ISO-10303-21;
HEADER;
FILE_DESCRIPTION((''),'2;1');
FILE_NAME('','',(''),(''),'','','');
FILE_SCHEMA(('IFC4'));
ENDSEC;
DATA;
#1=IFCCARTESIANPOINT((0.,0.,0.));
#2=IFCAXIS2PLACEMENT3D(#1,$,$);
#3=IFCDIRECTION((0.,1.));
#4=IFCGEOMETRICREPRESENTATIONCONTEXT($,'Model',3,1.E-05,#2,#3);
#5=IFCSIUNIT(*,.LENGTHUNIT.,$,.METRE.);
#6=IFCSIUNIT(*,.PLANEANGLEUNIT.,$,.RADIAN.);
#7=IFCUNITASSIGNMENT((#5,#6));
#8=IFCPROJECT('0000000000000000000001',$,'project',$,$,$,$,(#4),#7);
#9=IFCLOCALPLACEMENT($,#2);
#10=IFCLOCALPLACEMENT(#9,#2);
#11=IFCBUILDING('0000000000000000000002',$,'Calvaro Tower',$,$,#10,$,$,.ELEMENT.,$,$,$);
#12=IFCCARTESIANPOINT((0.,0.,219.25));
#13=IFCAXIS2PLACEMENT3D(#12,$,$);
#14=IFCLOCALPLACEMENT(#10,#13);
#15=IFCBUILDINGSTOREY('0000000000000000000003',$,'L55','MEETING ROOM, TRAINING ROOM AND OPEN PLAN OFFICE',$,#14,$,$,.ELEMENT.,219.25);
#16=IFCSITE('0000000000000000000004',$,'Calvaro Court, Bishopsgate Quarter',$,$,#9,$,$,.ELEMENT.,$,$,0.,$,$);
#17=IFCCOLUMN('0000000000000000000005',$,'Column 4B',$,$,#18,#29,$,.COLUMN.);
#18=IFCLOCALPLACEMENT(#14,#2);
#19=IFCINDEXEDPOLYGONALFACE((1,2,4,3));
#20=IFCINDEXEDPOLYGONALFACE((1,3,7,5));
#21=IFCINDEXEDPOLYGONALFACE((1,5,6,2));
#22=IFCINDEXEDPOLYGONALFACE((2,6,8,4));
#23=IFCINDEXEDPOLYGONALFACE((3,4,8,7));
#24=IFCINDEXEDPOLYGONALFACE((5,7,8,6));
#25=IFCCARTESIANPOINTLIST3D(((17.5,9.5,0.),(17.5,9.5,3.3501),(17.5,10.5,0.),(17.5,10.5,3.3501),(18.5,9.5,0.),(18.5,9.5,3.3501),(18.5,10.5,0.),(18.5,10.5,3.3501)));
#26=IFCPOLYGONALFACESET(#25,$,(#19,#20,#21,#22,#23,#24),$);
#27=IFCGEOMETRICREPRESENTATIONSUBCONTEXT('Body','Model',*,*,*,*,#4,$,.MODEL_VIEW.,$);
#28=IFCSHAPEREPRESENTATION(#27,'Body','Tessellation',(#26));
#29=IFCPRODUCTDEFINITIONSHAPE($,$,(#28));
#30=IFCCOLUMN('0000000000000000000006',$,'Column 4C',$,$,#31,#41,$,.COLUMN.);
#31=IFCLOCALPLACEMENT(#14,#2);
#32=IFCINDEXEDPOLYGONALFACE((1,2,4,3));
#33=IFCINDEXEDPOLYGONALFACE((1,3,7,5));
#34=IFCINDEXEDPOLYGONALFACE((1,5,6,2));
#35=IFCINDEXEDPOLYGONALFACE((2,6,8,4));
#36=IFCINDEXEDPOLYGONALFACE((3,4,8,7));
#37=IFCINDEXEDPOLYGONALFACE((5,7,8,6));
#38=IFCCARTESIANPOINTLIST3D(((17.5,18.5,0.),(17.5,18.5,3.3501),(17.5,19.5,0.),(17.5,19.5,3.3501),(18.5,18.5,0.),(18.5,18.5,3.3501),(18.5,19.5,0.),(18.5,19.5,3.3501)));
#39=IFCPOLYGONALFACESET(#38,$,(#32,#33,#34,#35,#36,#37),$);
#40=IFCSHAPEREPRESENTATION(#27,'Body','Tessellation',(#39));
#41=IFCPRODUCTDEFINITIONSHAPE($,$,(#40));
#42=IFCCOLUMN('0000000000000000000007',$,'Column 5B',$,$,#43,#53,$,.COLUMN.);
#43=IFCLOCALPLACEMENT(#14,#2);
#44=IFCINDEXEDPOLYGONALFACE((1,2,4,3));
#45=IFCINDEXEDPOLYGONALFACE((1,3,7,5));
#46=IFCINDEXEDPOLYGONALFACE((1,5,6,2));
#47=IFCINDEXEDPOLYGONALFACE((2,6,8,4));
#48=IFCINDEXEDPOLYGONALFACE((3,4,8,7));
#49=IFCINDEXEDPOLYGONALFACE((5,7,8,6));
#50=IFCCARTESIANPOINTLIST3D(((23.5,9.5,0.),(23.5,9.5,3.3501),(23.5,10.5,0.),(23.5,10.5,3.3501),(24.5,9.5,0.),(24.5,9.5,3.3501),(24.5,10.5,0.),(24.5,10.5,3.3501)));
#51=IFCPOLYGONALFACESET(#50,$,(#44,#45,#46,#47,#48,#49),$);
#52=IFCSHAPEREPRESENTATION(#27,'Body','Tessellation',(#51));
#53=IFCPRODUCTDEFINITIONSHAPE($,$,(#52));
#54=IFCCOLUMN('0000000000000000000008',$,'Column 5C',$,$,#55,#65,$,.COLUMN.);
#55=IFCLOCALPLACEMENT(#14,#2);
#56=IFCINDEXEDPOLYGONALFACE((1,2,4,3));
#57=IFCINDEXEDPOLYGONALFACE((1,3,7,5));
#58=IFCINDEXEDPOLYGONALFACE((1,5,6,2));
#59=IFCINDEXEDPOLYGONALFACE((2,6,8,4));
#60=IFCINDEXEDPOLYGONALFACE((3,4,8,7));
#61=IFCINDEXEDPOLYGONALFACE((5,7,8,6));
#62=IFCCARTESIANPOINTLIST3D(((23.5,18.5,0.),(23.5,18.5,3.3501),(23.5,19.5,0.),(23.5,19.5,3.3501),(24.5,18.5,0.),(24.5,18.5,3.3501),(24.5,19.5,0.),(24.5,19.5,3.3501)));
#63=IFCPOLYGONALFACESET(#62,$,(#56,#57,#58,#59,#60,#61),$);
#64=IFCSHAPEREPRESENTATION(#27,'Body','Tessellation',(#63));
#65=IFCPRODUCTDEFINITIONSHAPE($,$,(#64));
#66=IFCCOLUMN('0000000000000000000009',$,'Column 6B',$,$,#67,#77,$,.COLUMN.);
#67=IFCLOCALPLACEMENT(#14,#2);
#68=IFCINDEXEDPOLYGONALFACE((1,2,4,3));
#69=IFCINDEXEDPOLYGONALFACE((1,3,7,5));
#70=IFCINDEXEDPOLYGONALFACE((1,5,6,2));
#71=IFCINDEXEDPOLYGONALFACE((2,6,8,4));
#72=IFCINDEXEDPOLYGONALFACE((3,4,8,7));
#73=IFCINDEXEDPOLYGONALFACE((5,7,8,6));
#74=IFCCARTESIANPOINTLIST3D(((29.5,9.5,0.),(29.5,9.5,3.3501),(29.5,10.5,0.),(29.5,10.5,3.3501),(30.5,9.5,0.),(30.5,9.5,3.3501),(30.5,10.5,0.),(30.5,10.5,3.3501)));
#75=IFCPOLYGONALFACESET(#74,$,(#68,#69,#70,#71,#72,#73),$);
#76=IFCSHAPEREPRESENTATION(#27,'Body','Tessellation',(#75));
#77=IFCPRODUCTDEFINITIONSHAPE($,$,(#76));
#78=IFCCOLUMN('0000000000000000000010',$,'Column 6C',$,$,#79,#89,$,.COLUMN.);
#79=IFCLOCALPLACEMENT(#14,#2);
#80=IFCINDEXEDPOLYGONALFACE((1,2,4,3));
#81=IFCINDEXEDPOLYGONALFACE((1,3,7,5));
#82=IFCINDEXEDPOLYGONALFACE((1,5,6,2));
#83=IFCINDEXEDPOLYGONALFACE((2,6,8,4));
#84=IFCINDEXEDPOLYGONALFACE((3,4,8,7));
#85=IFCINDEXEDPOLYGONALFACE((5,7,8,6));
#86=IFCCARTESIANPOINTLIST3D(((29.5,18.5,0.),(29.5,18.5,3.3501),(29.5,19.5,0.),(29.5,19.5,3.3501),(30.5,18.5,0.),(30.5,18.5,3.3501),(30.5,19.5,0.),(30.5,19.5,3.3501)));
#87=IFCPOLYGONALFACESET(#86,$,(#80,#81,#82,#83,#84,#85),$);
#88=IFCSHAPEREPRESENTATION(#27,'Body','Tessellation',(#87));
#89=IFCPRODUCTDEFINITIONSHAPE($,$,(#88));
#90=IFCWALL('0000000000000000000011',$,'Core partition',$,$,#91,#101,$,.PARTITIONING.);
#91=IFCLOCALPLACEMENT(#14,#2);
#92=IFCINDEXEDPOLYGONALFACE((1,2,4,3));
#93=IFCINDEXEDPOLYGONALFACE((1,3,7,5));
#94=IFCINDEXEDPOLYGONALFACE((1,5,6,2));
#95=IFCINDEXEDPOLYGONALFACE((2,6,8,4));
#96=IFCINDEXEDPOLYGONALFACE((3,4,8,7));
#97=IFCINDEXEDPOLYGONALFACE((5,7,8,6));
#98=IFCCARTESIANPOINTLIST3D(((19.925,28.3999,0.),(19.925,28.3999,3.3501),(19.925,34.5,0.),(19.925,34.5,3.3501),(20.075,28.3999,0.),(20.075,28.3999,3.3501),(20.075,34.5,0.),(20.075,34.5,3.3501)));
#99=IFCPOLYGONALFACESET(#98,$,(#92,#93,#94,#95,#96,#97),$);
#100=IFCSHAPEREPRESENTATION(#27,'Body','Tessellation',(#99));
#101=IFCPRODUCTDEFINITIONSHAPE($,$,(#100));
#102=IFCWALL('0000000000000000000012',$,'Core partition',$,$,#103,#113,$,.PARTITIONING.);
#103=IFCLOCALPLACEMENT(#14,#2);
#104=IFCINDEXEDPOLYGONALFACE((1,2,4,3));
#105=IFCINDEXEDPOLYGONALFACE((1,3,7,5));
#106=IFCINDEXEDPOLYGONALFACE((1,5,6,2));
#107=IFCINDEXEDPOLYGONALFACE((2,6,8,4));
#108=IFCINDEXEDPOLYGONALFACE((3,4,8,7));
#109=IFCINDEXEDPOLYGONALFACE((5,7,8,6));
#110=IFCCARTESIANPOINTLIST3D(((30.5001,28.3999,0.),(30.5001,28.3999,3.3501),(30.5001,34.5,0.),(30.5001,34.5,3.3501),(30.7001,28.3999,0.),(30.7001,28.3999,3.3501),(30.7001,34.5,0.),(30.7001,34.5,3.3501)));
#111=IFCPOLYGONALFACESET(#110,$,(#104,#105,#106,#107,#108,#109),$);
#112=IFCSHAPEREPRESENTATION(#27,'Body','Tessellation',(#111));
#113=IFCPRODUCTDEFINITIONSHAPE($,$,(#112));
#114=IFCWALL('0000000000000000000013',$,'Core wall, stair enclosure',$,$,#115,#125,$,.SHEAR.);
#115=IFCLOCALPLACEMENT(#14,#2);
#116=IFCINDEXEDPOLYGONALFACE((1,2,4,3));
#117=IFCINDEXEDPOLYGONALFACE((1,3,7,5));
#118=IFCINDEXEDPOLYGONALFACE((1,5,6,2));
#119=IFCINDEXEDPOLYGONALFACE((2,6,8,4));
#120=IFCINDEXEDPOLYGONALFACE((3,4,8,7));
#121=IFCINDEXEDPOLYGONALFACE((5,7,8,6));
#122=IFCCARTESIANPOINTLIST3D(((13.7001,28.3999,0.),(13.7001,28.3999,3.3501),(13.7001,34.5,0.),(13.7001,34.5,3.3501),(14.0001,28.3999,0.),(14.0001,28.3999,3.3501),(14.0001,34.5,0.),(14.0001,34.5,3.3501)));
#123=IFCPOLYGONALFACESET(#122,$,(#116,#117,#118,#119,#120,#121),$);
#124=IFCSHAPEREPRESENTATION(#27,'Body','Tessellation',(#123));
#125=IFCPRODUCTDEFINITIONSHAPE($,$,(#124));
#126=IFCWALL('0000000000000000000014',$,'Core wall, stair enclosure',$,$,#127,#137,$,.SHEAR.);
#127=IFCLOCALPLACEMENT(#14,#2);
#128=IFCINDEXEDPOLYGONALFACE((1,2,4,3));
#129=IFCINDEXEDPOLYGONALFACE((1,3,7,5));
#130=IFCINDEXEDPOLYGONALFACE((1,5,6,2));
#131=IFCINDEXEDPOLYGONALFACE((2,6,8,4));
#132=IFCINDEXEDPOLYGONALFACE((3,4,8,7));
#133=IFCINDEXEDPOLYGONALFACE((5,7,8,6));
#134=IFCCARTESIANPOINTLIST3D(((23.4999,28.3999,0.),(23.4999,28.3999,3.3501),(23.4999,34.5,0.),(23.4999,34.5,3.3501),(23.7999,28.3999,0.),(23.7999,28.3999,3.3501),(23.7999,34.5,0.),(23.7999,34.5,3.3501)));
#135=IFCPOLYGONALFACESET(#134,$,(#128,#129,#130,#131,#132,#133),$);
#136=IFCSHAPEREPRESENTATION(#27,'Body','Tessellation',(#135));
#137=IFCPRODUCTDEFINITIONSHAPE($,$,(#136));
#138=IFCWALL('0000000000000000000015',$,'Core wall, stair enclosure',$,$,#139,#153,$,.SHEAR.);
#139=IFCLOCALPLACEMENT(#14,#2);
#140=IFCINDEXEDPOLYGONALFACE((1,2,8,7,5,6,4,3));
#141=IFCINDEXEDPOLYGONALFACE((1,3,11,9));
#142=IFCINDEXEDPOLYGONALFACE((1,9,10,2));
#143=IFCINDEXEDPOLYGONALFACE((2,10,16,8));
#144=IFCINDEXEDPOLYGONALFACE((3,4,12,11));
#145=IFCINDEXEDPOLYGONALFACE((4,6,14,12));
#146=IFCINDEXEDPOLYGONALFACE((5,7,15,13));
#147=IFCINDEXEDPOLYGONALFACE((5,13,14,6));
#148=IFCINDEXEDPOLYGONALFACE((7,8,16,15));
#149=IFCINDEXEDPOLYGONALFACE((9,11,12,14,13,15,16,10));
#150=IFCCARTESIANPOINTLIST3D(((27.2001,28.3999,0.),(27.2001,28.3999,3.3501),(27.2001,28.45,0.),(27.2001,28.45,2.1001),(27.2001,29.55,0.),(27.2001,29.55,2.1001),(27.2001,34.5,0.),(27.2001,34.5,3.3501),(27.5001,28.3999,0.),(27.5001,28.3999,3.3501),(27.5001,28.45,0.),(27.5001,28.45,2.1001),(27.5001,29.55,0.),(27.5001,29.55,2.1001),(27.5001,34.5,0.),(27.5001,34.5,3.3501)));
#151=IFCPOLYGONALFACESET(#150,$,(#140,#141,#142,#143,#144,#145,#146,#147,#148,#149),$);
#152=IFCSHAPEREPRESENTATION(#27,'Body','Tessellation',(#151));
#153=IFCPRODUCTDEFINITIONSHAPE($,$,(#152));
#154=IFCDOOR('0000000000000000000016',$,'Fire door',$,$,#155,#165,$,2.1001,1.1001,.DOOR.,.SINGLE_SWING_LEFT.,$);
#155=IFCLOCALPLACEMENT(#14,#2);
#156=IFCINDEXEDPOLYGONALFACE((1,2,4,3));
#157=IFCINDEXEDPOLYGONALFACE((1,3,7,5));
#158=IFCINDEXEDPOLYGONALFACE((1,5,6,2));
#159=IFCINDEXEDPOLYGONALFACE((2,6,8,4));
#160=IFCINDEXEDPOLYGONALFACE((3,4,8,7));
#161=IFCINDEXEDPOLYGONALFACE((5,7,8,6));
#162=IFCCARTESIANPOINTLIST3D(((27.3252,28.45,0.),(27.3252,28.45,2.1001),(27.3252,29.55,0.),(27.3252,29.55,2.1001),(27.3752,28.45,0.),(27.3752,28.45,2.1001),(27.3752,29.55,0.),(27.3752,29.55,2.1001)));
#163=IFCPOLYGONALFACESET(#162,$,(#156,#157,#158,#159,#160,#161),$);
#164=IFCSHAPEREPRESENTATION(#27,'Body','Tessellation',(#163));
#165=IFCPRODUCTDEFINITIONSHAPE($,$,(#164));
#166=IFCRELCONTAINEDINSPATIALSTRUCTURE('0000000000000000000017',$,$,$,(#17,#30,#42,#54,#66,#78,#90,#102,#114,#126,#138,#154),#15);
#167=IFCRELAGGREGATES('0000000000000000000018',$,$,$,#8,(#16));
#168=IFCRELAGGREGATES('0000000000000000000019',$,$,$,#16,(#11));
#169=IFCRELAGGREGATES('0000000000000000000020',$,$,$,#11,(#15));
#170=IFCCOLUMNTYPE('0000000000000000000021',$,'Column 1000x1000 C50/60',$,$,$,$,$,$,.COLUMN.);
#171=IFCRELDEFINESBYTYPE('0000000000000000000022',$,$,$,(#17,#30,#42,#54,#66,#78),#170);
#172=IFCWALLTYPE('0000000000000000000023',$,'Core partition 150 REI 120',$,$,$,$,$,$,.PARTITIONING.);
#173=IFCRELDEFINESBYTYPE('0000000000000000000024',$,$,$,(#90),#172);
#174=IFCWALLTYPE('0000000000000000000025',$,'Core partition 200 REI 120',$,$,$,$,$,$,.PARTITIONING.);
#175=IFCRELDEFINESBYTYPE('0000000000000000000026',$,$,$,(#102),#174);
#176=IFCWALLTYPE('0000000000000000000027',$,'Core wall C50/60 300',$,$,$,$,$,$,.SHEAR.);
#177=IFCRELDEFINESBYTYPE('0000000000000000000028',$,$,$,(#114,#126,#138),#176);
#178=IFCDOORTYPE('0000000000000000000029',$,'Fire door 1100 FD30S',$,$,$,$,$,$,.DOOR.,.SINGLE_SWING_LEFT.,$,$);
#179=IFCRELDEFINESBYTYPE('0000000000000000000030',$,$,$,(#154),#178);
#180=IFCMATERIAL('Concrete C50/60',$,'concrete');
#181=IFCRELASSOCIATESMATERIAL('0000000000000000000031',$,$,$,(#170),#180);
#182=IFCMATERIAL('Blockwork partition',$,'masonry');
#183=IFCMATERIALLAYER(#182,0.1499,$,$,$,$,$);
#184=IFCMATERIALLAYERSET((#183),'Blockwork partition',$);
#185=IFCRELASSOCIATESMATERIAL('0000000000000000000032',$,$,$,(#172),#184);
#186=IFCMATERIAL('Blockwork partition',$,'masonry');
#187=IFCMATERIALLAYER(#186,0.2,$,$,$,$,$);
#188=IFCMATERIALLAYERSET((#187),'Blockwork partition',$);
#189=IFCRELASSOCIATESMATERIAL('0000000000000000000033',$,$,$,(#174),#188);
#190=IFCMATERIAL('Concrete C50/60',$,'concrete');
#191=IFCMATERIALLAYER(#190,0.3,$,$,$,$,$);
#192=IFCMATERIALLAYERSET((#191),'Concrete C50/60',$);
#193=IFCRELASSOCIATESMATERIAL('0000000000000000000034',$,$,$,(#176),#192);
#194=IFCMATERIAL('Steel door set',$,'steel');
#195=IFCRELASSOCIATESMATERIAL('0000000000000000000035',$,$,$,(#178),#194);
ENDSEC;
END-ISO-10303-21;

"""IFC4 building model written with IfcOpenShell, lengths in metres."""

from ifc_helpers import new_model, si_unit, direction, frame, frame_2d, origin, origin_2d, place, context, subcontext, project, spatial, rectangle, extrude, material, layer, layer_set, material_profile, profile_set, type_object, element, fill, save


model = new_model("IFC4")

# Units and contexts
model_context = context("Model", 3, precision=1e-05, world=origin(), true_north=direction((0.0, 1.0)))
body_context = subcontext(model_context, "Body", "Model", "MODEL_VIEW")
ifc_project = project(units=[si_unit("LENGTHUNIT", "METRE"), si_unit("PLANEANGLEUNIT", "RADIAN")], contexts=[model_context])

# Site, building, storey
site_placement = place(None, origin())
site = spatial("IfcSite", under=ifc_project, at=site_placement, Name="Calvaro Court, Bishopsgate Quarter", CompositionType="ELEMENT", RefElevation=0.0)
building_placement = place(site_placement, origin())
building = spatial("IfcBuilding", under=site, at=building_placement, Name="Calvaro Tower", CompositionType="ELEMENT")
storey_placement = place(building_placement, frame((0.0, 0.0, 219.25)))
storey = spatial("IfcBuildingStorey", under=building, at=storey_placement, Name="L55", Description="MEETING ROOM, TRAINING ROOM AND OPEN PLAN OFFICE", CompositionType="ELEMENT", Elevation=219.25)

# Columns
ifc_material_1 = material(Name="Concrete C50/60", Category="concrete")
ifc_material_profile = material_profile(ifc_material_1, rectangle(XDim=1.0, YDim=1.0, at=origin_2d()), Name="RC 1000x1000")
ifc_profile_set = profile_set([ifc_material_profile], Name="Concrete C50/60")
column_type = type_object("IfcColumnType", Name="Column 1000x1000 C50/60", PredefinedType="COLUMN", material=ifc_profile_set)
for number, where, z_axis, x_axis, name in (
    (1, (18.0, 10.0, 0.0), (0.0, 0.0, 1.0), (1.0, 0.0, 0.0), "Column 4B"),
    (2, (18.0, 19.0, 0.0), (0.0, 0.0, 1.0), (1.0, 0.0, 0.0), "Column 4C"),
    (3, (24.0, 10.0, 0.0), (0.0, 0.0, 1.0), (1.0, 0.0, 0.0), "Column 5B"),
    (4, (24.0, 19.0, 0.0), (0.0, 0.0, 1.0), (1.0, 0.0, 0.0), "Column 5C"),
    (5, (30.0, 10.0, 0.0), (0.0, 0.0, 1.0), (1.0, 0.0, 0.0), "Column 6B"),
    (6, (30.0, 19.0, 0.0), (0.0, 0.0, 1.0), (1.0, 0.0, 0.0), "Column 6C"),
):
    element("IfcColumn", number, at=place(storey_placement, frame(where, z_axis=z_axis, x_axis=x_axis)), inside=storey, type_object=column_type, Name=name, PredefinedType="COLUMN", context=body_context, shape_type="SweptSolid", body=[
        extrude(rectangle(XDim=1.0, YDim=1.0, at=origin_2d()), origin(), (0.0, 0.0, 1.0), 3.3501),
    ])

# Walls
ifc_material_2 = material(Name="Blockwork partition", Category="masonry")
ifc_layer_1 = layer(ifc_material_2, 0.1499)
ifc_layer_set_1 = layer_set([ifc_layer_1], Name="Blockwork partition")
wall_type_1 = type_object("IfcWallType", Name="Core partition 150 REI 120", PredefinedType="PARTITIONING", material=ifc_layer_set_1)
wall_1_placement = place(storey_placement, frame((20.0, 28.3999, 0.0), z_axis=(0.0, 0.0, 1.0), x_axis=(0.0, 1.0, 0.0)))
element("IfcWall", 7, at=wall_1_placement, inside=storey, type_object=wall_type_1, Name="Core partition", PredefinedType="PARTITIONING", context=body_context, shape_type="SweptSolid", body=[
    extrude(rectangle(XDim=6.1001, YDim=0.1499, at=frame_2d((3.05, 0.0))), origin(), (0.0, 0.0, 1.0), 3.3501),
])
ifc_material_3 = material(Name="Blockwork partition", Category="masonry")
ifc_layer_2 = layer(ifc_material_3, 0.2)
ifc_layer_set_2 = layer_set([ifc_layer_2], Name="Blockwork partition")
wall_type_2 = type_object("IfcWallType", Name="Core partition 200 REI 120", PredefinedType="PARTITIONING", material=ifc_layer_set_2)
wall_2_placement = place(storey_placement, frame((30.6001, 28.3999, 0.0), z_axis=(0.0, 0.0, 1.0), x_axis=(0.0, 1.0, 0.0)))
element("IfcWall", 8, at=wall_2_placement, inside=storey, type_object=wall_type_2, Name="Core partition", PredefinedType="PARTITIONING", context=body_context, shape_type="SweptSolid", body=[
    extrude(rectangle(XDim=6.1001, YDim=0.2, at=frame_2d((3.05, 0.0))), origin(), (0.0, 0.0, 1.0), 3.3501),
])
ifc_material_4 = material(Name="Concrete C50/60", Category="concrete")
ifc_layer_3 = layer(ifc_material_4, 0.3)
ifc_layer_set_3 = layer_set([ifc_layer_3], Name="Concrete C50/60")
wall_type_3 = type_object("IfcWallType", Name="Core wall C50/60 300", PredefinedType="SHEAR", material=ifc_layer_set_3)
for number, where, z_axis, x_axis, name in (
    (9, (13.8501, 28.3999, 0.0), (0.0, 0.0, 1.0), (0.0, 1.0, 0.0), "Core wall, stair enclosure"),
    (10, (23.6499, 28.3999, 0.0), (0.0, 0.0, 1.0), (0.0, 1.0, 0.0), "Core wall, stair enclosure"),
):
    element("IfcWall", number, at=place(storey_placement, frame(where, z_axis=z_axis, x_axis=x_axis)), inside=storey, type_object=wall_type_3, Name=name, PredefinedType="SHEAR", context=body_context, shape_type="SweptSolid", body=[
        extrude(rectangle(XDim=6.1001, YDim=0.3, at=frame_2d((3.05, 0.0))), origin(), (0.0, 0.0, 1.0), 3.3501),
    ])

# Wall, opening, door
wall_3_placement = place(storey_placement, frame((27.3501, 28.3999, 0.0), z_axis=(0.0, 0.0, 1.0), x_axis=(0.0, 1.0, 0.0)))
wall_3 = element("IfcWall", 11, at=wall_3_placement, inside=storey, type_object=wall_type_3, Name="Core wall, stair enclosure", PredefinedType="SHEAR", context=body_context, shape_type="SweptSolid", body=[
    extrude(rectangle(XDim=6.1001, YDim=0.3, at=frame_2d((3.05, 0.0))), origin(), (0.0, 0.0, 1.0), 3.3501),
])
opening_1_placement = place(wall_3_placement, frame((0.05, 0.0, 0.0)))
opening_1 = element("IfcOpeningElement", 12, at=opening_1_placement, cuts=wall_3, PredefinedType="OPENING", context=body_context, shape_type="SweptSolid", body=[
    extrude(rectangle(XDim=1.1001, YDim=2.1001, at=frame_2d((0.55, 1.05))), frame((0.0, 0.1599, 0.0), z_axis=(0.0, -1.0, 0.0), x_axis=(1.0, 0.0, 0.0)), (0.0, 0.0, 1.0), 0.3201),
])
ifc_material_5 = material(Name="Steel door set", Category="steel")
door_type_1 = type_object("IfcDoorType", Name="Fire door 1100 FD30S", OperationType="SINGLE_SWING_LEFT", PredefinedType="DOOR", material=ifc_material_5)
door_1_placement = place(opening_1_placement, origin())
door_1 = element("IfcDoor", 13, at=door_1_placement, inside=storey, type_object=door_type_1, Name="Fire door", OperationType="SINGLE_SWING_LEFT", OverallHeight=2.1001, OverallWidth=1.1001, PredefinedType="DOOR", context=body_context, shape_type="SweptSolid", body=[
    extrude(rectangle(XDim=1.1001, YDim=2.1001, at=frame_2d((0.55, 1.05))), frame((0.0, 0.0249, 0.0), z_axis=(0.0, -1.0, 0.0), x_axis=(1.0, 0.0, 0.0)), (0.0, 0.0, 1.0), 0.05),
])
fill(opening_1, door_1)

save(model, "model.ifc")
